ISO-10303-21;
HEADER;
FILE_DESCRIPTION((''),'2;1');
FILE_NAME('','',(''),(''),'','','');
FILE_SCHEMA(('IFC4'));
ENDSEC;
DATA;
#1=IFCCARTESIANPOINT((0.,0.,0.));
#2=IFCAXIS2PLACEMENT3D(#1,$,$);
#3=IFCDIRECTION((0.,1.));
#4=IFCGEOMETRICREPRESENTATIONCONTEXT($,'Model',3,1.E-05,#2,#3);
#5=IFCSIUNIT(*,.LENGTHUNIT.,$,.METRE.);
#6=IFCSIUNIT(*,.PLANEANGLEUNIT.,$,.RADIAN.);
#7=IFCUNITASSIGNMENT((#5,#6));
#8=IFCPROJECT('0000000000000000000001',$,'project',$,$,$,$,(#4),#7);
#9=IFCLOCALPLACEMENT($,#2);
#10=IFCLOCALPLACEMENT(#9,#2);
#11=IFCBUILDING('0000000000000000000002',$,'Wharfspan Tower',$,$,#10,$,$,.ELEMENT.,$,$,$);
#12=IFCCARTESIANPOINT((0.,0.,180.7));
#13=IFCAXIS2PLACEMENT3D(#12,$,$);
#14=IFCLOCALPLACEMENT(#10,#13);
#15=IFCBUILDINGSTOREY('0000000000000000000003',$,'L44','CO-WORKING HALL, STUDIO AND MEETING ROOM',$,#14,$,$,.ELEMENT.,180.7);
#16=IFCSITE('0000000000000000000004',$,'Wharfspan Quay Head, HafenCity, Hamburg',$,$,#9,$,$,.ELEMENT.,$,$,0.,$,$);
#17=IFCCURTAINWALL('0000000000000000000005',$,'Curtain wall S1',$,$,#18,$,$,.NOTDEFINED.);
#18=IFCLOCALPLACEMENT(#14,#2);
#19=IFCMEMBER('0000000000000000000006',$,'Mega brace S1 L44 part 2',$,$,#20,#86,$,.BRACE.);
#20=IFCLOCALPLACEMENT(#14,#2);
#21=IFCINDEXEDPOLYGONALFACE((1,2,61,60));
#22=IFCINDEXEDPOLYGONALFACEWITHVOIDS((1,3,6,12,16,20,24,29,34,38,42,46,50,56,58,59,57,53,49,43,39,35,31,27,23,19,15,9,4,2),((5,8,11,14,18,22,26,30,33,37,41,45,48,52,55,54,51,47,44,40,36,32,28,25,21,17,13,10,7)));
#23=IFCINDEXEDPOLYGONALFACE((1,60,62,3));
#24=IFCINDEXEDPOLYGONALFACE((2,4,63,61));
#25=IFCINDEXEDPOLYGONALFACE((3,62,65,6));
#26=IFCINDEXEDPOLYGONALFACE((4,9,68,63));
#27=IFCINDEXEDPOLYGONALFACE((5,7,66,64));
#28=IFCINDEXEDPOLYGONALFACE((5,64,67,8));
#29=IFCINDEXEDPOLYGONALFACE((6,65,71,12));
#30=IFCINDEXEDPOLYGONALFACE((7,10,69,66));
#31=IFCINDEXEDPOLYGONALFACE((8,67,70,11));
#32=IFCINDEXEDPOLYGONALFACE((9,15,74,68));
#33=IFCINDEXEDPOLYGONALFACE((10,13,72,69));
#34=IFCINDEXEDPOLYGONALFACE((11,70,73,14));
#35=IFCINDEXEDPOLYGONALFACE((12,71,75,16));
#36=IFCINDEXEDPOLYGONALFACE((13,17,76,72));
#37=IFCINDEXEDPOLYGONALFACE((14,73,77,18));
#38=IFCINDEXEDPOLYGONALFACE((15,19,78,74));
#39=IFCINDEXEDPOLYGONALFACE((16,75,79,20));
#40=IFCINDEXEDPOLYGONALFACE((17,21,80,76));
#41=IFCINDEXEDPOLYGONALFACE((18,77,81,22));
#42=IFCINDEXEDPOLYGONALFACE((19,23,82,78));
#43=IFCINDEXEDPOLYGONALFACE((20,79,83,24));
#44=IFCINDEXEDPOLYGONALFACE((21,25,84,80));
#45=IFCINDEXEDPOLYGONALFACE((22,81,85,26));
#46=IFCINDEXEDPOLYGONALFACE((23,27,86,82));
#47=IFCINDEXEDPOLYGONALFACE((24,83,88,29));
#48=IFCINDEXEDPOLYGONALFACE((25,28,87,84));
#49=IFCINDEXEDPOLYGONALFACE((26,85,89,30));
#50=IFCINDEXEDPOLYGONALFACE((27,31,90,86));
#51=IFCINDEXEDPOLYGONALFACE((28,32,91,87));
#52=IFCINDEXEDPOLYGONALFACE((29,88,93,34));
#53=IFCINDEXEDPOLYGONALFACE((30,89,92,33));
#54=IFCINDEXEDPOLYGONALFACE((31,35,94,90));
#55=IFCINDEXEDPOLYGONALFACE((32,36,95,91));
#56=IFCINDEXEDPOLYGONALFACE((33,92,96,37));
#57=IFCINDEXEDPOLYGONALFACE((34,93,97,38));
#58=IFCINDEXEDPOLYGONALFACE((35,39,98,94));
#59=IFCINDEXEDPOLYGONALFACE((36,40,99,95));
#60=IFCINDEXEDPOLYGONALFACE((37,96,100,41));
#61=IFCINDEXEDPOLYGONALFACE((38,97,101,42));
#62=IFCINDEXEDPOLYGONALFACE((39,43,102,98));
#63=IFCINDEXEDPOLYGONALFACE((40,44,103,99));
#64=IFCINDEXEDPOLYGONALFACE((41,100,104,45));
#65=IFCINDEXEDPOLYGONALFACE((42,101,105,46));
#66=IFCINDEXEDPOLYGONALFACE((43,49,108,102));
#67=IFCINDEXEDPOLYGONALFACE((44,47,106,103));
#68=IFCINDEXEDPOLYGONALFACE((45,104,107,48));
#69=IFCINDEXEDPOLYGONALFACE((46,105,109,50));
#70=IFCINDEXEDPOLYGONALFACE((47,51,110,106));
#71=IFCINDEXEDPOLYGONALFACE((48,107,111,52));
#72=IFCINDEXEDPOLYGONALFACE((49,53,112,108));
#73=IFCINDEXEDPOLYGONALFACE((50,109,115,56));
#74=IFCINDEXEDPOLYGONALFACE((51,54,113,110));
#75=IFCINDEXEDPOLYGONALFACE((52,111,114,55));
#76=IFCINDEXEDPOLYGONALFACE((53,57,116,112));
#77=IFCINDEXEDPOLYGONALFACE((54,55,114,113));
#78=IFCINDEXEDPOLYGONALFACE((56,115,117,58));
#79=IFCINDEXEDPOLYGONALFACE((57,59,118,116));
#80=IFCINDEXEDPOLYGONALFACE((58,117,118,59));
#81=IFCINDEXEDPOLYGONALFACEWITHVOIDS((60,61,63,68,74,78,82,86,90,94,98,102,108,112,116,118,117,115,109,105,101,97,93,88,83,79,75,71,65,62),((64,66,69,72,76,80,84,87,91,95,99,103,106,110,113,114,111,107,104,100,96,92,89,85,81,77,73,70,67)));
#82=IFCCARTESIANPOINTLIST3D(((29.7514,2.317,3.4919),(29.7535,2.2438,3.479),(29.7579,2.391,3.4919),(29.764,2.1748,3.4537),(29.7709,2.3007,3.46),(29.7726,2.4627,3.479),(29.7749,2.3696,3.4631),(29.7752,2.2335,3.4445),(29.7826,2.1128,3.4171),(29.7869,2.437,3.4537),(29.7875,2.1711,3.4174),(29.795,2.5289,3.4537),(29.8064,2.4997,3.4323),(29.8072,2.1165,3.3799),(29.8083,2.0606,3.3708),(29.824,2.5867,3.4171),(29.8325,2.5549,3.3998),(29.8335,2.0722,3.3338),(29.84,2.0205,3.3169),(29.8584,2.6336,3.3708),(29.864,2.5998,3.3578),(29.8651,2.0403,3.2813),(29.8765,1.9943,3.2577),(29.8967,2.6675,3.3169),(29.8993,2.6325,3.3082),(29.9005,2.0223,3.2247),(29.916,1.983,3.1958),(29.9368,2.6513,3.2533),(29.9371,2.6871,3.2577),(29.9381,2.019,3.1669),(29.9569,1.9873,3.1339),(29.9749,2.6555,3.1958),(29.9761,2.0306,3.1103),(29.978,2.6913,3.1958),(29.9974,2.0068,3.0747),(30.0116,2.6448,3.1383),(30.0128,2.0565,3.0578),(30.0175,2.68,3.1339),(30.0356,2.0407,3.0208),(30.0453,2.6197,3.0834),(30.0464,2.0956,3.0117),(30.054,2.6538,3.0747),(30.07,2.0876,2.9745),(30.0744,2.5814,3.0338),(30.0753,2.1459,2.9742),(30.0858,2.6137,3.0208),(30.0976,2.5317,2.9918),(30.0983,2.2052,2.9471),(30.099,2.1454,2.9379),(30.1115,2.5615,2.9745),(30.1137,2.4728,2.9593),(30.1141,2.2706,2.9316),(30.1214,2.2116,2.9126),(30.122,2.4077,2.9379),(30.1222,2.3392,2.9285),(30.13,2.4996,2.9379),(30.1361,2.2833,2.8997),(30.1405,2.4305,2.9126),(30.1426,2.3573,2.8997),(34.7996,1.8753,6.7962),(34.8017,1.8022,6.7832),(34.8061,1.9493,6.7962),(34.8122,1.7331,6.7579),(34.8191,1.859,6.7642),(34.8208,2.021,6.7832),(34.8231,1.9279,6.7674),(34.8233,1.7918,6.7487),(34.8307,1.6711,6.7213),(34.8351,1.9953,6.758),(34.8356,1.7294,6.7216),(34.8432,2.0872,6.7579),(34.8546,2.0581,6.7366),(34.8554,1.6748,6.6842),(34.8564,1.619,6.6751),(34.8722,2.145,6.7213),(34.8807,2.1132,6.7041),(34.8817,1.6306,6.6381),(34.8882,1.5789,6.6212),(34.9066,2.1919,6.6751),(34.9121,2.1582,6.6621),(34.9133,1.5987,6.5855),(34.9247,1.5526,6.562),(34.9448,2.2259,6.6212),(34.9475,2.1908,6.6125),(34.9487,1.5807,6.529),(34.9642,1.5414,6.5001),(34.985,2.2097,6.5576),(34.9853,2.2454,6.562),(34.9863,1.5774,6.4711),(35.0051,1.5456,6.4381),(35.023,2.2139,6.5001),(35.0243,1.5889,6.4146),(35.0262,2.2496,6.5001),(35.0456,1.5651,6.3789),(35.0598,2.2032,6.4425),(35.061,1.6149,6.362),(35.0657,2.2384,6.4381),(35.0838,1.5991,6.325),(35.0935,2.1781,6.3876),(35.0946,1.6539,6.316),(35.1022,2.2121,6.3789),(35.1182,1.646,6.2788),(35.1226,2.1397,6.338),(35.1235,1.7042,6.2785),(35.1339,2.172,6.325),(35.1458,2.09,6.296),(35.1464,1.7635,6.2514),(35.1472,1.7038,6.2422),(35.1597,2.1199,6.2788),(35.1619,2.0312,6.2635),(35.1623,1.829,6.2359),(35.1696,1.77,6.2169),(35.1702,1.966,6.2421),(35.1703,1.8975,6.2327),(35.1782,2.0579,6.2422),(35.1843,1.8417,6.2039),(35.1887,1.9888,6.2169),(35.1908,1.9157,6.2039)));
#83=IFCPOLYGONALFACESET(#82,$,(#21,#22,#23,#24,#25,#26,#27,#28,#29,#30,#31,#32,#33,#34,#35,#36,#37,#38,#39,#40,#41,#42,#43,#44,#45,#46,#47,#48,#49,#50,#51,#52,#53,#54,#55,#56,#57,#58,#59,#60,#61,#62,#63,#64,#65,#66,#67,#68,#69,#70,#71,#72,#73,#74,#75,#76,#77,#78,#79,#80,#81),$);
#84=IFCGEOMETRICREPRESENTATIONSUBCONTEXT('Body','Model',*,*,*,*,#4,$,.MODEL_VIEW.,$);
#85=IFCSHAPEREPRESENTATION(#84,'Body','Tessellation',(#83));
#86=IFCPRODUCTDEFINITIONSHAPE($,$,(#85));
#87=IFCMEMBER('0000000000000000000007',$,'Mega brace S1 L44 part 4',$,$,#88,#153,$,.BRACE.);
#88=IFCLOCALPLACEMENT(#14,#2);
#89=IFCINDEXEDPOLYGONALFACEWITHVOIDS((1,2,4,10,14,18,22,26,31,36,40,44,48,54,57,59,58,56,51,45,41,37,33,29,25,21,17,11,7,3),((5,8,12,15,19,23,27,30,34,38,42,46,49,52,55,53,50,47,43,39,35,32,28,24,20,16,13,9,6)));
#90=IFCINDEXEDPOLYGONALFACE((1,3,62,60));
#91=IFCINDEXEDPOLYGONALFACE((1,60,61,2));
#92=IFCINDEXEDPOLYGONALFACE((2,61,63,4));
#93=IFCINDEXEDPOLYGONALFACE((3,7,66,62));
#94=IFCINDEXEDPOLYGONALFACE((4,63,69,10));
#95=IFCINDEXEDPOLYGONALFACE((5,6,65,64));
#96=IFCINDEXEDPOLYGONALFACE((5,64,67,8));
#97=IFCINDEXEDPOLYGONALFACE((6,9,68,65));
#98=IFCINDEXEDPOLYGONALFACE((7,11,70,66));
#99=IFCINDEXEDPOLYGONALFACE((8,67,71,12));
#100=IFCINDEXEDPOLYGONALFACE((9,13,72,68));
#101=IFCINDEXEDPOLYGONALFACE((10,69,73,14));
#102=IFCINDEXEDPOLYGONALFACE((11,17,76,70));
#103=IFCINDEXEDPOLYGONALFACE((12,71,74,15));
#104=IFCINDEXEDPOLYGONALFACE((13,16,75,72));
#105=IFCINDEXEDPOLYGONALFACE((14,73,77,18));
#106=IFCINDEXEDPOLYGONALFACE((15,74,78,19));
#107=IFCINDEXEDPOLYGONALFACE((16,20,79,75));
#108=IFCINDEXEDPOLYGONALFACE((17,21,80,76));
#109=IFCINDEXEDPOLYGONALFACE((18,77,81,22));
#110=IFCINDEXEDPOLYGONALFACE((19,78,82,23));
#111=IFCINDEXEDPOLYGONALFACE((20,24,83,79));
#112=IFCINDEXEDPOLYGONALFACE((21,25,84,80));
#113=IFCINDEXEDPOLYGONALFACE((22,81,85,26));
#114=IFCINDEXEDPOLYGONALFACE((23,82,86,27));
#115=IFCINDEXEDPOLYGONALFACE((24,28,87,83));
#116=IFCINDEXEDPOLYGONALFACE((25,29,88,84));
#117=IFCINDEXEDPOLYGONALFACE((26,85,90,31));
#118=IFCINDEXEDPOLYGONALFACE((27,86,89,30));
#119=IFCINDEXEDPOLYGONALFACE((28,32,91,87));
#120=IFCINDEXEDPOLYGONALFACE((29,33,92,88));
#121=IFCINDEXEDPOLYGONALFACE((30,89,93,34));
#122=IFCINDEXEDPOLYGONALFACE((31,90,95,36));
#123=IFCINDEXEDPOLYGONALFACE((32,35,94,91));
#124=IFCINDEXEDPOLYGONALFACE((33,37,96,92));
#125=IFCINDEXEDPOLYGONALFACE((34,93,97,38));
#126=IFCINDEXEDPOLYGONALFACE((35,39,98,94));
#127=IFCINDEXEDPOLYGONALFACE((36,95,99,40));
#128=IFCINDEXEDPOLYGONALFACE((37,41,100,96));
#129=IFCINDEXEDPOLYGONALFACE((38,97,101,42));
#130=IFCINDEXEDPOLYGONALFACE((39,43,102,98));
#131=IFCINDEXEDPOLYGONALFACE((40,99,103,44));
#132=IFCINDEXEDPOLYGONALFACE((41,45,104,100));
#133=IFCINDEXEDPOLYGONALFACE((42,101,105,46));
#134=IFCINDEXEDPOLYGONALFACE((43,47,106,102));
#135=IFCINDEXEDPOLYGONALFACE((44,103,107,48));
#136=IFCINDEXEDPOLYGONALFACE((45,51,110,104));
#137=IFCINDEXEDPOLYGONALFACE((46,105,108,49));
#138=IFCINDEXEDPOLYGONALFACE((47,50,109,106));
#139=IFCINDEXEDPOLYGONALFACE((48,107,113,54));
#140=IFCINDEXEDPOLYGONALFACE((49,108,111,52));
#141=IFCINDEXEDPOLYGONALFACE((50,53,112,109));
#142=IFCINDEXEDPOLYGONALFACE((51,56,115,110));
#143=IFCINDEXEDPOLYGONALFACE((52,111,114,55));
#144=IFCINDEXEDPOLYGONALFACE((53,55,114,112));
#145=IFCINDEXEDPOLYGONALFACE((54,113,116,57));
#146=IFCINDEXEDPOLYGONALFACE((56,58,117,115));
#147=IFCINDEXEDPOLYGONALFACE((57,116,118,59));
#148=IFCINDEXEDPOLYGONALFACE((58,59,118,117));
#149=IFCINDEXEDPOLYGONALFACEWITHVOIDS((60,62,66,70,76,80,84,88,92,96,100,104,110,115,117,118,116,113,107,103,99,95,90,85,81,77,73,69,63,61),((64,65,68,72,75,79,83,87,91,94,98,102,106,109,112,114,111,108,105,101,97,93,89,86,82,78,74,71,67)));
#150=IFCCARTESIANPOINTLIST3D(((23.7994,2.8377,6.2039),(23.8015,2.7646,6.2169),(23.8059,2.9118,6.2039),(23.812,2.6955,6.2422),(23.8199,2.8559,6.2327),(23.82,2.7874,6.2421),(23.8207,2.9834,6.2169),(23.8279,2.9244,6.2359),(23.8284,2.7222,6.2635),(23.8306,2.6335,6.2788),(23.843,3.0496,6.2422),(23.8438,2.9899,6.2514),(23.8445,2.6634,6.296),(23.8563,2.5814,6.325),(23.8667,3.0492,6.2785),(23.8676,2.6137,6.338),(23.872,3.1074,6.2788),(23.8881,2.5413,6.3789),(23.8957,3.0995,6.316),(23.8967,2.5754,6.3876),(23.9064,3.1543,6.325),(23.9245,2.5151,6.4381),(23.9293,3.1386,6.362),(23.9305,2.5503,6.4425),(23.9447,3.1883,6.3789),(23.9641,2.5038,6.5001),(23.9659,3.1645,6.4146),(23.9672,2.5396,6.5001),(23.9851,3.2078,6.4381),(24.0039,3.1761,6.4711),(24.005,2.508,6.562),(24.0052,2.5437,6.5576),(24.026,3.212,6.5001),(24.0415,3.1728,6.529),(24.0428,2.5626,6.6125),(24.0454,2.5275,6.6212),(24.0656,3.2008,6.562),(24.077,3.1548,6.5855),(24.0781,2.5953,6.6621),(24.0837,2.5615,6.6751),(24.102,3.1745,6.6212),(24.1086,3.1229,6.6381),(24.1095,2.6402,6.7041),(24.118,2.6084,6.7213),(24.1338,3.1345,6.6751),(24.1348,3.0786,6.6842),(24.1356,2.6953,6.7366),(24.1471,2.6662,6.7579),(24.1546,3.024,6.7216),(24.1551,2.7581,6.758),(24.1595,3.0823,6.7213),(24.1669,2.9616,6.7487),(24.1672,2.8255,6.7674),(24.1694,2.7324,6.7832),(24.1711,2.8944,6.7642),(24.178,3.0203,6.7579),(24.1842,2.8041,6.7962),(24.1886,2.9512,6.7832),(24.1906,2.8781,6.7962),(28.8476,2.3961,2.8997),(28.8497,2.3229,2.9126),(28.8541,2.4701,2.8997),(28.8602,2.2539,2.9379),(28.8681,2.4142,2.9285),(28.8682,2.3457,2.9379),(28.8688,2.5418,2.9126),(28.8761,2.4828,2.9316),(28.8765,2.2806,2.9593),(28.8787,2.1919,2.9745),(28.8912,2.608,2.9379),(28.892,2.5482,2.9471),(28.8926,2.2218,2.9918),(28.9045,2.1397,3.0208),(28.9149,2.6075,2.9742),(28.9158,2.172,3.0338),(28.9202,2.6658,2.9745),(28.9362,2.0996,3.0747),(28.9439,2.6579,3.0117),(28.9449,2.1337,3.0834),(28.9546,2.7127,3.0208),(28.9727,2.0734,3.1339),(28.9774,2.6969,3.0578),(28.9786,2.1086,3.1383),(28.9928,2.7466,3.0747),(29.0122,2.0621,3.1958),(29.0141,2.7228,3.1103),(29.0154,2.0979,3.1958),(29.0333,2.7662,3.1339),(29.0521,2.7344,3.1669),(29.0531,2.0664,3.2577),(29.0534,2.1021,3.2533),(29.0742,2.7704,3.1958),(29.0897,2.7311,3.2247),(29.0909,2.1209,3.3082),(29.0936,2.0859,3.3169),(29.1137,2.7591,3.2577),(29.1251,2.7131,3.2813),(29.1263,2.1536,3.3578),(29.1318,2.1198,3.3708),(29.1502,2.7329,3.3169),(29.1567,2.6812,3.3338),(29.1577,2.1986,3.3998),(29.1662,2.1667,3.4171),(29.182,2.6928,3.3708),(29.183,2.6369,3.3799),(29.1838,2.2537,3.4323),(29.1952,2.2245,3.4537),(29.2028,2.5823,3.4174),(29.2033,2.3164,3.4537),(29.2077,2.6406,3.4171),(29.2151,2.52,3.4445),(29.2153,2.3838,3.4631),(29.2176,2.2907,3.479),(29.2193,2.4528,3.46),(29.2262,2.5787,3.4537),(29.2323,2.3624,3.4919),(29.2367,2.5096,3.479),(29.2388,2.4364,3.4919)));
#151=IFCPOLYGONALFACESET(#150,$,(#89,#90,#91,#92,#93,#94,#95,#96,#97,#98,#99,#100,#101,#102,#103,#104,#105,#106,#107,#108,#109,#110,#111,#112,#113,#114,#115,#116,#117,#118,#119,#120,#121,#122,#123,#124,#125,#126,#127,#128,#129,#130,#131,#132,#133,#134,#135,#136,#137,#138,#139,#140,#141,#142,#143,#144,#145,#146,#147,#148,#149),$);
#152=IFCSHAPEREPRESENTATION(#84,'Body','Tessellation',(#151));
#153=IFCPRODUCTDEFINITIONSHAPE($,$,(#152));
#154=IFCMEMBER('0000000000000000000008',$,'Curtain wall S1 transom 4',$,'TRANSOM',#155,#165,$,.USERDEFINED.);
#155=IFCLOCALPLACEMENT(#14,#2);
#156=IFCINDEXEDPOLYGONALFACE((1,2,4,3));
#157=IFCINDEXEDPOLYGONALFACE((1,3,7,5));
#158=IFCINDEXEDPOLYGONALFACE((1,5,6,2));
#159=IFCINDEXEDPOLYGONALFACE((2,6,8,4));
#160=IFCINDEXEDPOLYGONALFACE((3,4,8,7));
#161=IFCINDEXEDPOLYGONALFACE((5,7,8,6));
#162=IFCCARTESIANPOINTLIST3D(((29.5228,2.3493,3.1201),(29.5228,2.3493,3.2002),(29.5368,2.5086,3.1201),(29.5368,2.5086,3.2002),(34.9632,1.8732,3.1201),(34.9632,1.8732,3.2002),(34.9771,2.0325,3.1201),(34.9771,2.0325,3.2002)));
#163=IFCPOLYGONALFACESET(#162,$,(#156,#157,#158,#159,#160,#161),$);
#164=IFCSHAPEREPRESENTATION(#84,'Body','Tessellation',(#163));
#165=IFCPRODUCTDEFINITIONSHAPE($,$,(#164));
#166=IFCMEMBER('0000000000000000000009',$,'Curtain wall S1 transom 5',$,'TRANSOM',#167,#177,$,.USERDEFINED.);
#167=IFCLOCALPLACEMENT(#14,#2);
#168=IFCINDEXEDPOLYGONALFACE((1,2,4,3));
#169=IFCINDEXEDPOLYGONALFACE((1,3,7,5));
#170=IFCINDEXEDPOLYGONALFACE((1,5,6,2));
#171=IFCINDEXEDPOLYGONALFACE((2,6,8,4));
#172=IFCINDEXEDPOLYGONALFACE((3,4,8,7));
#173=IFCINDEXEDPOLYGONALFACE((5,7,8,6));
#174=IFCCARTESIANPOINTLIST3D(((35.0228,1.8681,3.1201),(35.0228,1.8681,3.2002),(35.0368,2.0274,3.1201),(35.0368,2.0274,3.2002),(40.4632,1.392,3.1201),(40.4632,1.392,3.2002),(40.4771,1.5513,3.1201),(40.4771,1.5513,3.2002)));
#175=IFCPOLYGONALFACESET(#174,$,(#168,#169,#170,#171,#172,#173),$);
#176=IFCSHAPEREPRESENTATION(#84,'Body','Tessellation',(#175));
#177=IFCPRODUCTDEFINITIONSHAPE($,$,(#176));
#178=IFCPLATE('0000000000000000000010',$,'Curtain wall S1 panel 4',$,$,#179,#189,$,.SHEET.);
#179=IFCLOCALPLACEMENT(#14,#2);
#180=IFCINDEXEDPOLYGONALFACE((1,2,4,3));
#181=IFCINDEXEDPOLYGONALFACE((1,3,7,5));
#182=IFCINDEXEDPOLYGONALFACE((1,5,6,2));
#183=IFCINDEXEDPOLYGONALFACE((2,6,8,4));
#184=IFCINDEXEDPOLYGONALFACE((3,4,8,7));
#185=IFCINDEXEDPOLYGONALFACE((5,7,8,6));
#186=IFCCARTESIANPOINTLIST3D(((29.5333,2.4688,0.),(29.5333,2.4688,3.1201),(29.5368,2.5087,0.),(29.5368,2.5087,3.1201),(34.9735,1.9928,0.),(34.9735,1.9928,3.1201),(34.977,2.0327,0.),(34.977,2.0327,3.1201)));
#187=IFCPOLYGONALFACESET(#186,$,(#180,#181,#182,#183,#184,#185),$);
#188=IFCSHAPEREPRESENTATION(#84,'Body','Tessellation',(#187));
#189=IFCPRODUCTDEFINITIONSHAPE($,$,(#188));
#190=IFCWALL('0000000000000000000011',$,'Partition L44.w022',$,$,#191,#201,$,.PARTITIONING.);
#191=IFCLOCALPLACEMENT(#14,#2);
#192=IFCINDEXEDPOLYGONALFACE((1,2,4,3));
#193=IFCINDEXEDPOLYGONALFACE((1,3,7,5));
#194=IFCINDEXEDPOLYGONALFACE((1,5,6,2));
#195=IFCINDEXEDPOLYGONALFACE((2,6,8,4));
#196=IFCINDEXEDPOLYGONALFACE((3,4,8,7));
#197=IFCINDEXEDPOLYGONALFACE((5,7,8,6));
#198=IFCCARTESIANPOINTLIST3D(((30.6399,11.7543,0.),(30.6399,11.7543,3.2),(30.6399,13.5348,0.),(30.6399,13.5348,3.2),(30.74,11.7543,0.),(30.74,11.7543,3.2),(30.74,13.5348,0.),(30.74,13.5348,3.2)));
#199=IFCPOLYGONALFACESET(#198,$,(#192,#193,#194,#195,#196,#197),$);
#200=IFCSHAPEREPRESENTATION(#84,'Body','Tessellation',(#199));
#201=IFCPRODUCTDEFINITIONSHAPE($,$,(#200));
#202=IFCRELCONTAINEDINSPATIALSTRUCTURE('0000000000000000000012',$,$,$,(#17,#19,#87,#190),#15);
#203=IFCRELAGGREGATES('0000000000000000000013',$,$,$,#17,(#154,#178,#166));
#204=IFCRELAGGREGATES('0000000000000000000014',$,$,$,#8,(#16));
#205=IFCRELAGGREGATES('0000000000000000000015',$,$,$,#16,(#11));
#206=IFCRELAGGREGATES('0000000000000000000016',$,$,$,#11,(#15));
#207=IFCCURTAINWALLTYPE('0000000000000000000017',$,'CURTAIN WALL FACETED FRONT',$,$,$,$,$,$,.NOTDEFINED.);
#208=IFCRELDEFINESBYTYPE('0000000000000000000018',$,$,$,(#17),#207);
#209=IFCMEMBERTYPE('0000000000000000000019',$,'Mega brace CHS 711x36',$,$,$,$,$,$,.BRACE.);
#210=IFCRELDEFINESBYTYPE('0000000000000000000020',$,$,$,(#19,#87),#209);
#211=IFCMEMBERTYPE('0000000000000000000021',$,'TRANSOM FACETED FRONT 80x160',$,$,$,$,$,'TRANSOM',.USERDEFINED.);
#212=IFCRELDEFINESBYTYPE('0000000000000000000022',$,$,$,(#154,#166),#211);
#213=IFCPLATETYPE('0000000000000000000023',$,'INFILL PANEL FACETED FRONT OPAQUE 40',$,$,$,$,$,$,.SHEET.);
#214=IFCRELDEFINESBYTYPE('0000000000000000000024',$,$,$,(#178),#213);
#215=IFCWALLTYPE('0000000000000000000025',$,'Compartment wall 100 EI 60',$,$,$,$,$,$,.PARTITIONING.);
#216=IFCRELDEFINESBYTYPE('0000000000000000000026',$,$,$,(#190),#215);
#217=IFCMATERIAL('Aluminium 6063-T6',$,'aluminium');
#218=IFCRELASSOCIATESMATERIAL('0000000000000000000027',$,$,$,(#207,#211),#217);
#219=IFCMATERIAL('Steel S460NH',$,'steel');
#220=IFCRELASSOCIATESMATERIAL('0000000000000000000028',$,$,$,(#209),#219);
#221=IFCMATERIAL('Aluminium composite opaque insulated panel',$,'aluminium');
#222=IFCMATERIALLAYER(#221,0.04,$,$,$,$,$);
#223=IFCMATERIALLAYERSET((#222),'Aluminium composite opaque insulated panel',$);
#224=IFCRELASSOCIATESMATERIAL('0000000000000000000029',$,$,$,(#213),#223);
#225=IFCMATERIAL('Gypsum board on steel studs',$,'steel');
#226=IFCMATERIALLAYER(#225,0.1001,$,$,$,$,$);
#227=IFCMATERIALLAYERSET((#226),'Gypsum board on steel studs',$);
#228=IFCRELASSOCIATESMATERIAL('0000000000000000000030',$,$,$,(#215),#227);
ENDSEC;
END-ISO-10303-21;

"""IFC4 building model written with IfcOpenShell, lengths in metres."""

from ifc_helpers import new_model, si_unit, direction, frame, frame_2d, origin, origin_2d, place, context, subcontext, project, spatial, rectangle, hollow_circle, extrude, material, layer, layer_set, material_profile, profile_set, type_object, element, aggregate, save


model = new_model("IFC4")

# Units and contexts
model_context = context("Model", 3, precision=1e-05, world=origin(), true_north=direction((0.0, 1.0)))
body_context = subcontext(model_context, "Body", "Model", "MODEL_VIEW")
ifc_project = project(units=[si_unit("LENGTHUNIT", "METRE"), si_unit("PLANEANGLEUNIT", "RADIAN")], contexts=[model_context])

# Site, building, storey
site_placement = place(None, origin())
site = spatial("IfcSite", under=ifc_project, at=site_placement, Name="Wharfspan Quay Head, HafenCity, Hamburg", CompositionType="ELEMENT", RefElevation=0.0)
building_placement = place(site_placement, origin())
building = spatial("IfcBuilding", under=site, at=building_placement, Name="Wharfspan Tower", CompositionType="ELEMENT")
storey_placement = place(building_placement, frame((0.0, 0.0, 180.7)))
storey = spatial("IfcBuildingStorey", under=building, at=storey_placement, Name="L44", Description="CO-WORKING HALL, STUDIO AND MEETING ROOM", CompositionType="ELEMENT", Elevation=180.7)

# Curtain wall
ifc_material_1 = material(Name="Aluminium 6063-T6", Category="aluminium")
curtain_wall_type = type_object("IfcCurtainWallType", Name="CURTAIN WALL FACETED FRONT", PredefinedType="NOTDEFINED", material=ifc_material_1)
curtain_wall_placement = place(storey_placement, origin())
curtain_wall = element("IfcCurtainWall", 1, at=curtain_wall_placement, inside=storey, type_object=curtain_wall_type, Name="Curtain wall S1", PredefinedType="NOTDEFINED")

# Members
ifc_material_2 = material(Name="Steel S460NH", Category="steel")
ifc_material_profile_1 = material_profile(ifc_material_2, hollow_circle(Radius=0.3555, WallThickness=0.0359, at=origin_2d()))
ifc_profile_set_1 = profile_set([ifc_material_profile_1], Name="Steel S460NH")
member_type_1 = type_object("IfcMemberType", Name="Mega brace CHS 711x36", PredefinedType="BRACE", material=ifc_profile_set_1)
for number, where, z_axis, x_axis, name in (
    (2, (29.947, 2.3372, 3.1958), (0.834469, -0.073006, 0.546197), (0.087156, 0.996198, -0.000001), "Mega brace S1 L44 part 2"),
    (3, (29.0432, 2.4163, 3.1958), (-0.834469, 0.073006, 0.546197), (-0.087156, -0.996198, -0.000001), "Mega brace S1 L44 part 4"),
):
    element("IfcMember", number, at=place(storey_placement, frame(where, z_axis=z_axis, x_axis=x_axis)), inside=storey, type_object=member_type_1, Name=name, PredefinedType="BRACE", context=body_context, shape_type="SweptSolid", body=[
        extrude(hollow_circle(Radius=0.3555, WallThickness=0.0359, at=origin_2d()), origin(), (0.0, 0.0, 1.0), 6.0496),
    ])

# Members
ifc_material_profile_2 = material_profile(ifc_material_1, rectangle(XDim=0.1599, YDim=0.0801, at=origin_2d()))
ifc_profile_set_2 = profile_set([ifc_material_profile_2], Name="Aluminium 6063-T6")
member_type_2 = type_object("IfcMemberType", Name="TRANSOM FACETED FRONT 80x160", ElementType="TRANSOM", PredefinedType="USERDEFINED", material=ifc_profile_set_2)
member_1_placement = place(storey_placement, frame((29.5298, 2.429, 3.1602), z_axis=(0.996193, -0.087174, 0.0), x_axis=(0.087174, 0.996193, 0.0)))
member_1 = element("IfcMember", 4, at=member_1_placement, type_object=member_type_2, Name="Curtain wall S1 transom 4", ObjectType="TRANSOM", PredefinedType="USERDEFINED", context=body_context, shape_type="SweptSolid", body=[
    extrude(rectangle(XDim=0.1599, YDim=0.0801, at=origin_2d()), origin(), (0.0, 0.0, 1.0), 5.4612),
])
member_2_placement = place(storey_placement, frame((35.0298, 1.9478, 3.1602), z_axis=(0.996193, -0.087174, 0.0), x_axis=(0.087174, 0.996193, 0.0)))
member_2 = element("IfcMember", 5, at=member_2_placement, type_object=member_type_2, Name="Curtain wall S1 transom 5", ObjectType="TRANSOM", PredefinedType="USERDEFINED", context=body_context, shape_type="SweptSolid", body=[
    extrude(rectangle(XDim=0.1599, YDim=0.0801, at=origin_2d()), origin(), (0.0, 0.0, 1.0), 5.4612),
])

# Plate
ifc_material_3 = material(Name="Aluminium composite opaque insulated panel", Category="aluminium")
ifc_layer_1 = layer(ifc_material_3, 0.04)
ifc_layer_set_1 = layer_set([ifc_layer_1], Name="Aluminium composite opaque insulated panel")
plate_type = type_object("IfcPlateType", Name="INFILL PANEL FACETED FRONT OPAQUE 40", PredefinedType="SHEET", material=ifc_layer_set_1)
plate_placement = place(storey_placement, frame((32.2551, 2.2507, 0.0), z_axis=(0.0, 0.0, 1.0), x_axis=(0.996198, -0.087156, 0.0)))
plate = element("IfcPlate", 6, at=plate_placement, type_object=plate_type, Name="Curtain wall S1 panel 4", PredefinedType="SHEET", context=body_context, shape_type="SweptSolid", body=[
    extrude(rectangle(XDim=5.4609, YDim=0.04, at=origin_2d()), origin(), (0.0, 0.0, 1.0), 3.1201),
])
aggregate(curtain_wall, [member_1, plate, member_2])

# Wall
ifc_material_4 = material(Name="Gypsum board on steel studs", Category="steel")
ifc_layer_2 = layer(ifc_material_4, 0.1001)
ifc_layer_set_2 = layer_set([ifc_layer_2], Name="Gypsum board on steel studs")
wall_type_1 = type_object("IfcWallType", Name="Compartment wall 100 EI 60", PredefinedType="PARTITIONING", material=ifc_layer_set_2)
wall_1_placement = place(storey_placement, frame((30.6899, 11.7544, 0.0), z_axis=(0.0, 0.0, 1.0), x_axis=(0.0, 1.0, 0.0)))
element("IfcWall", 7, at=wall_1_placement, inside=storey, type_object=wall_type_1, Name="Partition L44.w022", PredefinedType="PARTITIONING", context=body_context, shape_type="SweptSolid", body=[
    extrude(rectangle(XDim=1.7805, YDim=0.1001, at=frame_2d((0.8901, 0.0))), origin(), (0.0, 0.0, 1.0), 3.2),
])

save(model, "model.ifc")
